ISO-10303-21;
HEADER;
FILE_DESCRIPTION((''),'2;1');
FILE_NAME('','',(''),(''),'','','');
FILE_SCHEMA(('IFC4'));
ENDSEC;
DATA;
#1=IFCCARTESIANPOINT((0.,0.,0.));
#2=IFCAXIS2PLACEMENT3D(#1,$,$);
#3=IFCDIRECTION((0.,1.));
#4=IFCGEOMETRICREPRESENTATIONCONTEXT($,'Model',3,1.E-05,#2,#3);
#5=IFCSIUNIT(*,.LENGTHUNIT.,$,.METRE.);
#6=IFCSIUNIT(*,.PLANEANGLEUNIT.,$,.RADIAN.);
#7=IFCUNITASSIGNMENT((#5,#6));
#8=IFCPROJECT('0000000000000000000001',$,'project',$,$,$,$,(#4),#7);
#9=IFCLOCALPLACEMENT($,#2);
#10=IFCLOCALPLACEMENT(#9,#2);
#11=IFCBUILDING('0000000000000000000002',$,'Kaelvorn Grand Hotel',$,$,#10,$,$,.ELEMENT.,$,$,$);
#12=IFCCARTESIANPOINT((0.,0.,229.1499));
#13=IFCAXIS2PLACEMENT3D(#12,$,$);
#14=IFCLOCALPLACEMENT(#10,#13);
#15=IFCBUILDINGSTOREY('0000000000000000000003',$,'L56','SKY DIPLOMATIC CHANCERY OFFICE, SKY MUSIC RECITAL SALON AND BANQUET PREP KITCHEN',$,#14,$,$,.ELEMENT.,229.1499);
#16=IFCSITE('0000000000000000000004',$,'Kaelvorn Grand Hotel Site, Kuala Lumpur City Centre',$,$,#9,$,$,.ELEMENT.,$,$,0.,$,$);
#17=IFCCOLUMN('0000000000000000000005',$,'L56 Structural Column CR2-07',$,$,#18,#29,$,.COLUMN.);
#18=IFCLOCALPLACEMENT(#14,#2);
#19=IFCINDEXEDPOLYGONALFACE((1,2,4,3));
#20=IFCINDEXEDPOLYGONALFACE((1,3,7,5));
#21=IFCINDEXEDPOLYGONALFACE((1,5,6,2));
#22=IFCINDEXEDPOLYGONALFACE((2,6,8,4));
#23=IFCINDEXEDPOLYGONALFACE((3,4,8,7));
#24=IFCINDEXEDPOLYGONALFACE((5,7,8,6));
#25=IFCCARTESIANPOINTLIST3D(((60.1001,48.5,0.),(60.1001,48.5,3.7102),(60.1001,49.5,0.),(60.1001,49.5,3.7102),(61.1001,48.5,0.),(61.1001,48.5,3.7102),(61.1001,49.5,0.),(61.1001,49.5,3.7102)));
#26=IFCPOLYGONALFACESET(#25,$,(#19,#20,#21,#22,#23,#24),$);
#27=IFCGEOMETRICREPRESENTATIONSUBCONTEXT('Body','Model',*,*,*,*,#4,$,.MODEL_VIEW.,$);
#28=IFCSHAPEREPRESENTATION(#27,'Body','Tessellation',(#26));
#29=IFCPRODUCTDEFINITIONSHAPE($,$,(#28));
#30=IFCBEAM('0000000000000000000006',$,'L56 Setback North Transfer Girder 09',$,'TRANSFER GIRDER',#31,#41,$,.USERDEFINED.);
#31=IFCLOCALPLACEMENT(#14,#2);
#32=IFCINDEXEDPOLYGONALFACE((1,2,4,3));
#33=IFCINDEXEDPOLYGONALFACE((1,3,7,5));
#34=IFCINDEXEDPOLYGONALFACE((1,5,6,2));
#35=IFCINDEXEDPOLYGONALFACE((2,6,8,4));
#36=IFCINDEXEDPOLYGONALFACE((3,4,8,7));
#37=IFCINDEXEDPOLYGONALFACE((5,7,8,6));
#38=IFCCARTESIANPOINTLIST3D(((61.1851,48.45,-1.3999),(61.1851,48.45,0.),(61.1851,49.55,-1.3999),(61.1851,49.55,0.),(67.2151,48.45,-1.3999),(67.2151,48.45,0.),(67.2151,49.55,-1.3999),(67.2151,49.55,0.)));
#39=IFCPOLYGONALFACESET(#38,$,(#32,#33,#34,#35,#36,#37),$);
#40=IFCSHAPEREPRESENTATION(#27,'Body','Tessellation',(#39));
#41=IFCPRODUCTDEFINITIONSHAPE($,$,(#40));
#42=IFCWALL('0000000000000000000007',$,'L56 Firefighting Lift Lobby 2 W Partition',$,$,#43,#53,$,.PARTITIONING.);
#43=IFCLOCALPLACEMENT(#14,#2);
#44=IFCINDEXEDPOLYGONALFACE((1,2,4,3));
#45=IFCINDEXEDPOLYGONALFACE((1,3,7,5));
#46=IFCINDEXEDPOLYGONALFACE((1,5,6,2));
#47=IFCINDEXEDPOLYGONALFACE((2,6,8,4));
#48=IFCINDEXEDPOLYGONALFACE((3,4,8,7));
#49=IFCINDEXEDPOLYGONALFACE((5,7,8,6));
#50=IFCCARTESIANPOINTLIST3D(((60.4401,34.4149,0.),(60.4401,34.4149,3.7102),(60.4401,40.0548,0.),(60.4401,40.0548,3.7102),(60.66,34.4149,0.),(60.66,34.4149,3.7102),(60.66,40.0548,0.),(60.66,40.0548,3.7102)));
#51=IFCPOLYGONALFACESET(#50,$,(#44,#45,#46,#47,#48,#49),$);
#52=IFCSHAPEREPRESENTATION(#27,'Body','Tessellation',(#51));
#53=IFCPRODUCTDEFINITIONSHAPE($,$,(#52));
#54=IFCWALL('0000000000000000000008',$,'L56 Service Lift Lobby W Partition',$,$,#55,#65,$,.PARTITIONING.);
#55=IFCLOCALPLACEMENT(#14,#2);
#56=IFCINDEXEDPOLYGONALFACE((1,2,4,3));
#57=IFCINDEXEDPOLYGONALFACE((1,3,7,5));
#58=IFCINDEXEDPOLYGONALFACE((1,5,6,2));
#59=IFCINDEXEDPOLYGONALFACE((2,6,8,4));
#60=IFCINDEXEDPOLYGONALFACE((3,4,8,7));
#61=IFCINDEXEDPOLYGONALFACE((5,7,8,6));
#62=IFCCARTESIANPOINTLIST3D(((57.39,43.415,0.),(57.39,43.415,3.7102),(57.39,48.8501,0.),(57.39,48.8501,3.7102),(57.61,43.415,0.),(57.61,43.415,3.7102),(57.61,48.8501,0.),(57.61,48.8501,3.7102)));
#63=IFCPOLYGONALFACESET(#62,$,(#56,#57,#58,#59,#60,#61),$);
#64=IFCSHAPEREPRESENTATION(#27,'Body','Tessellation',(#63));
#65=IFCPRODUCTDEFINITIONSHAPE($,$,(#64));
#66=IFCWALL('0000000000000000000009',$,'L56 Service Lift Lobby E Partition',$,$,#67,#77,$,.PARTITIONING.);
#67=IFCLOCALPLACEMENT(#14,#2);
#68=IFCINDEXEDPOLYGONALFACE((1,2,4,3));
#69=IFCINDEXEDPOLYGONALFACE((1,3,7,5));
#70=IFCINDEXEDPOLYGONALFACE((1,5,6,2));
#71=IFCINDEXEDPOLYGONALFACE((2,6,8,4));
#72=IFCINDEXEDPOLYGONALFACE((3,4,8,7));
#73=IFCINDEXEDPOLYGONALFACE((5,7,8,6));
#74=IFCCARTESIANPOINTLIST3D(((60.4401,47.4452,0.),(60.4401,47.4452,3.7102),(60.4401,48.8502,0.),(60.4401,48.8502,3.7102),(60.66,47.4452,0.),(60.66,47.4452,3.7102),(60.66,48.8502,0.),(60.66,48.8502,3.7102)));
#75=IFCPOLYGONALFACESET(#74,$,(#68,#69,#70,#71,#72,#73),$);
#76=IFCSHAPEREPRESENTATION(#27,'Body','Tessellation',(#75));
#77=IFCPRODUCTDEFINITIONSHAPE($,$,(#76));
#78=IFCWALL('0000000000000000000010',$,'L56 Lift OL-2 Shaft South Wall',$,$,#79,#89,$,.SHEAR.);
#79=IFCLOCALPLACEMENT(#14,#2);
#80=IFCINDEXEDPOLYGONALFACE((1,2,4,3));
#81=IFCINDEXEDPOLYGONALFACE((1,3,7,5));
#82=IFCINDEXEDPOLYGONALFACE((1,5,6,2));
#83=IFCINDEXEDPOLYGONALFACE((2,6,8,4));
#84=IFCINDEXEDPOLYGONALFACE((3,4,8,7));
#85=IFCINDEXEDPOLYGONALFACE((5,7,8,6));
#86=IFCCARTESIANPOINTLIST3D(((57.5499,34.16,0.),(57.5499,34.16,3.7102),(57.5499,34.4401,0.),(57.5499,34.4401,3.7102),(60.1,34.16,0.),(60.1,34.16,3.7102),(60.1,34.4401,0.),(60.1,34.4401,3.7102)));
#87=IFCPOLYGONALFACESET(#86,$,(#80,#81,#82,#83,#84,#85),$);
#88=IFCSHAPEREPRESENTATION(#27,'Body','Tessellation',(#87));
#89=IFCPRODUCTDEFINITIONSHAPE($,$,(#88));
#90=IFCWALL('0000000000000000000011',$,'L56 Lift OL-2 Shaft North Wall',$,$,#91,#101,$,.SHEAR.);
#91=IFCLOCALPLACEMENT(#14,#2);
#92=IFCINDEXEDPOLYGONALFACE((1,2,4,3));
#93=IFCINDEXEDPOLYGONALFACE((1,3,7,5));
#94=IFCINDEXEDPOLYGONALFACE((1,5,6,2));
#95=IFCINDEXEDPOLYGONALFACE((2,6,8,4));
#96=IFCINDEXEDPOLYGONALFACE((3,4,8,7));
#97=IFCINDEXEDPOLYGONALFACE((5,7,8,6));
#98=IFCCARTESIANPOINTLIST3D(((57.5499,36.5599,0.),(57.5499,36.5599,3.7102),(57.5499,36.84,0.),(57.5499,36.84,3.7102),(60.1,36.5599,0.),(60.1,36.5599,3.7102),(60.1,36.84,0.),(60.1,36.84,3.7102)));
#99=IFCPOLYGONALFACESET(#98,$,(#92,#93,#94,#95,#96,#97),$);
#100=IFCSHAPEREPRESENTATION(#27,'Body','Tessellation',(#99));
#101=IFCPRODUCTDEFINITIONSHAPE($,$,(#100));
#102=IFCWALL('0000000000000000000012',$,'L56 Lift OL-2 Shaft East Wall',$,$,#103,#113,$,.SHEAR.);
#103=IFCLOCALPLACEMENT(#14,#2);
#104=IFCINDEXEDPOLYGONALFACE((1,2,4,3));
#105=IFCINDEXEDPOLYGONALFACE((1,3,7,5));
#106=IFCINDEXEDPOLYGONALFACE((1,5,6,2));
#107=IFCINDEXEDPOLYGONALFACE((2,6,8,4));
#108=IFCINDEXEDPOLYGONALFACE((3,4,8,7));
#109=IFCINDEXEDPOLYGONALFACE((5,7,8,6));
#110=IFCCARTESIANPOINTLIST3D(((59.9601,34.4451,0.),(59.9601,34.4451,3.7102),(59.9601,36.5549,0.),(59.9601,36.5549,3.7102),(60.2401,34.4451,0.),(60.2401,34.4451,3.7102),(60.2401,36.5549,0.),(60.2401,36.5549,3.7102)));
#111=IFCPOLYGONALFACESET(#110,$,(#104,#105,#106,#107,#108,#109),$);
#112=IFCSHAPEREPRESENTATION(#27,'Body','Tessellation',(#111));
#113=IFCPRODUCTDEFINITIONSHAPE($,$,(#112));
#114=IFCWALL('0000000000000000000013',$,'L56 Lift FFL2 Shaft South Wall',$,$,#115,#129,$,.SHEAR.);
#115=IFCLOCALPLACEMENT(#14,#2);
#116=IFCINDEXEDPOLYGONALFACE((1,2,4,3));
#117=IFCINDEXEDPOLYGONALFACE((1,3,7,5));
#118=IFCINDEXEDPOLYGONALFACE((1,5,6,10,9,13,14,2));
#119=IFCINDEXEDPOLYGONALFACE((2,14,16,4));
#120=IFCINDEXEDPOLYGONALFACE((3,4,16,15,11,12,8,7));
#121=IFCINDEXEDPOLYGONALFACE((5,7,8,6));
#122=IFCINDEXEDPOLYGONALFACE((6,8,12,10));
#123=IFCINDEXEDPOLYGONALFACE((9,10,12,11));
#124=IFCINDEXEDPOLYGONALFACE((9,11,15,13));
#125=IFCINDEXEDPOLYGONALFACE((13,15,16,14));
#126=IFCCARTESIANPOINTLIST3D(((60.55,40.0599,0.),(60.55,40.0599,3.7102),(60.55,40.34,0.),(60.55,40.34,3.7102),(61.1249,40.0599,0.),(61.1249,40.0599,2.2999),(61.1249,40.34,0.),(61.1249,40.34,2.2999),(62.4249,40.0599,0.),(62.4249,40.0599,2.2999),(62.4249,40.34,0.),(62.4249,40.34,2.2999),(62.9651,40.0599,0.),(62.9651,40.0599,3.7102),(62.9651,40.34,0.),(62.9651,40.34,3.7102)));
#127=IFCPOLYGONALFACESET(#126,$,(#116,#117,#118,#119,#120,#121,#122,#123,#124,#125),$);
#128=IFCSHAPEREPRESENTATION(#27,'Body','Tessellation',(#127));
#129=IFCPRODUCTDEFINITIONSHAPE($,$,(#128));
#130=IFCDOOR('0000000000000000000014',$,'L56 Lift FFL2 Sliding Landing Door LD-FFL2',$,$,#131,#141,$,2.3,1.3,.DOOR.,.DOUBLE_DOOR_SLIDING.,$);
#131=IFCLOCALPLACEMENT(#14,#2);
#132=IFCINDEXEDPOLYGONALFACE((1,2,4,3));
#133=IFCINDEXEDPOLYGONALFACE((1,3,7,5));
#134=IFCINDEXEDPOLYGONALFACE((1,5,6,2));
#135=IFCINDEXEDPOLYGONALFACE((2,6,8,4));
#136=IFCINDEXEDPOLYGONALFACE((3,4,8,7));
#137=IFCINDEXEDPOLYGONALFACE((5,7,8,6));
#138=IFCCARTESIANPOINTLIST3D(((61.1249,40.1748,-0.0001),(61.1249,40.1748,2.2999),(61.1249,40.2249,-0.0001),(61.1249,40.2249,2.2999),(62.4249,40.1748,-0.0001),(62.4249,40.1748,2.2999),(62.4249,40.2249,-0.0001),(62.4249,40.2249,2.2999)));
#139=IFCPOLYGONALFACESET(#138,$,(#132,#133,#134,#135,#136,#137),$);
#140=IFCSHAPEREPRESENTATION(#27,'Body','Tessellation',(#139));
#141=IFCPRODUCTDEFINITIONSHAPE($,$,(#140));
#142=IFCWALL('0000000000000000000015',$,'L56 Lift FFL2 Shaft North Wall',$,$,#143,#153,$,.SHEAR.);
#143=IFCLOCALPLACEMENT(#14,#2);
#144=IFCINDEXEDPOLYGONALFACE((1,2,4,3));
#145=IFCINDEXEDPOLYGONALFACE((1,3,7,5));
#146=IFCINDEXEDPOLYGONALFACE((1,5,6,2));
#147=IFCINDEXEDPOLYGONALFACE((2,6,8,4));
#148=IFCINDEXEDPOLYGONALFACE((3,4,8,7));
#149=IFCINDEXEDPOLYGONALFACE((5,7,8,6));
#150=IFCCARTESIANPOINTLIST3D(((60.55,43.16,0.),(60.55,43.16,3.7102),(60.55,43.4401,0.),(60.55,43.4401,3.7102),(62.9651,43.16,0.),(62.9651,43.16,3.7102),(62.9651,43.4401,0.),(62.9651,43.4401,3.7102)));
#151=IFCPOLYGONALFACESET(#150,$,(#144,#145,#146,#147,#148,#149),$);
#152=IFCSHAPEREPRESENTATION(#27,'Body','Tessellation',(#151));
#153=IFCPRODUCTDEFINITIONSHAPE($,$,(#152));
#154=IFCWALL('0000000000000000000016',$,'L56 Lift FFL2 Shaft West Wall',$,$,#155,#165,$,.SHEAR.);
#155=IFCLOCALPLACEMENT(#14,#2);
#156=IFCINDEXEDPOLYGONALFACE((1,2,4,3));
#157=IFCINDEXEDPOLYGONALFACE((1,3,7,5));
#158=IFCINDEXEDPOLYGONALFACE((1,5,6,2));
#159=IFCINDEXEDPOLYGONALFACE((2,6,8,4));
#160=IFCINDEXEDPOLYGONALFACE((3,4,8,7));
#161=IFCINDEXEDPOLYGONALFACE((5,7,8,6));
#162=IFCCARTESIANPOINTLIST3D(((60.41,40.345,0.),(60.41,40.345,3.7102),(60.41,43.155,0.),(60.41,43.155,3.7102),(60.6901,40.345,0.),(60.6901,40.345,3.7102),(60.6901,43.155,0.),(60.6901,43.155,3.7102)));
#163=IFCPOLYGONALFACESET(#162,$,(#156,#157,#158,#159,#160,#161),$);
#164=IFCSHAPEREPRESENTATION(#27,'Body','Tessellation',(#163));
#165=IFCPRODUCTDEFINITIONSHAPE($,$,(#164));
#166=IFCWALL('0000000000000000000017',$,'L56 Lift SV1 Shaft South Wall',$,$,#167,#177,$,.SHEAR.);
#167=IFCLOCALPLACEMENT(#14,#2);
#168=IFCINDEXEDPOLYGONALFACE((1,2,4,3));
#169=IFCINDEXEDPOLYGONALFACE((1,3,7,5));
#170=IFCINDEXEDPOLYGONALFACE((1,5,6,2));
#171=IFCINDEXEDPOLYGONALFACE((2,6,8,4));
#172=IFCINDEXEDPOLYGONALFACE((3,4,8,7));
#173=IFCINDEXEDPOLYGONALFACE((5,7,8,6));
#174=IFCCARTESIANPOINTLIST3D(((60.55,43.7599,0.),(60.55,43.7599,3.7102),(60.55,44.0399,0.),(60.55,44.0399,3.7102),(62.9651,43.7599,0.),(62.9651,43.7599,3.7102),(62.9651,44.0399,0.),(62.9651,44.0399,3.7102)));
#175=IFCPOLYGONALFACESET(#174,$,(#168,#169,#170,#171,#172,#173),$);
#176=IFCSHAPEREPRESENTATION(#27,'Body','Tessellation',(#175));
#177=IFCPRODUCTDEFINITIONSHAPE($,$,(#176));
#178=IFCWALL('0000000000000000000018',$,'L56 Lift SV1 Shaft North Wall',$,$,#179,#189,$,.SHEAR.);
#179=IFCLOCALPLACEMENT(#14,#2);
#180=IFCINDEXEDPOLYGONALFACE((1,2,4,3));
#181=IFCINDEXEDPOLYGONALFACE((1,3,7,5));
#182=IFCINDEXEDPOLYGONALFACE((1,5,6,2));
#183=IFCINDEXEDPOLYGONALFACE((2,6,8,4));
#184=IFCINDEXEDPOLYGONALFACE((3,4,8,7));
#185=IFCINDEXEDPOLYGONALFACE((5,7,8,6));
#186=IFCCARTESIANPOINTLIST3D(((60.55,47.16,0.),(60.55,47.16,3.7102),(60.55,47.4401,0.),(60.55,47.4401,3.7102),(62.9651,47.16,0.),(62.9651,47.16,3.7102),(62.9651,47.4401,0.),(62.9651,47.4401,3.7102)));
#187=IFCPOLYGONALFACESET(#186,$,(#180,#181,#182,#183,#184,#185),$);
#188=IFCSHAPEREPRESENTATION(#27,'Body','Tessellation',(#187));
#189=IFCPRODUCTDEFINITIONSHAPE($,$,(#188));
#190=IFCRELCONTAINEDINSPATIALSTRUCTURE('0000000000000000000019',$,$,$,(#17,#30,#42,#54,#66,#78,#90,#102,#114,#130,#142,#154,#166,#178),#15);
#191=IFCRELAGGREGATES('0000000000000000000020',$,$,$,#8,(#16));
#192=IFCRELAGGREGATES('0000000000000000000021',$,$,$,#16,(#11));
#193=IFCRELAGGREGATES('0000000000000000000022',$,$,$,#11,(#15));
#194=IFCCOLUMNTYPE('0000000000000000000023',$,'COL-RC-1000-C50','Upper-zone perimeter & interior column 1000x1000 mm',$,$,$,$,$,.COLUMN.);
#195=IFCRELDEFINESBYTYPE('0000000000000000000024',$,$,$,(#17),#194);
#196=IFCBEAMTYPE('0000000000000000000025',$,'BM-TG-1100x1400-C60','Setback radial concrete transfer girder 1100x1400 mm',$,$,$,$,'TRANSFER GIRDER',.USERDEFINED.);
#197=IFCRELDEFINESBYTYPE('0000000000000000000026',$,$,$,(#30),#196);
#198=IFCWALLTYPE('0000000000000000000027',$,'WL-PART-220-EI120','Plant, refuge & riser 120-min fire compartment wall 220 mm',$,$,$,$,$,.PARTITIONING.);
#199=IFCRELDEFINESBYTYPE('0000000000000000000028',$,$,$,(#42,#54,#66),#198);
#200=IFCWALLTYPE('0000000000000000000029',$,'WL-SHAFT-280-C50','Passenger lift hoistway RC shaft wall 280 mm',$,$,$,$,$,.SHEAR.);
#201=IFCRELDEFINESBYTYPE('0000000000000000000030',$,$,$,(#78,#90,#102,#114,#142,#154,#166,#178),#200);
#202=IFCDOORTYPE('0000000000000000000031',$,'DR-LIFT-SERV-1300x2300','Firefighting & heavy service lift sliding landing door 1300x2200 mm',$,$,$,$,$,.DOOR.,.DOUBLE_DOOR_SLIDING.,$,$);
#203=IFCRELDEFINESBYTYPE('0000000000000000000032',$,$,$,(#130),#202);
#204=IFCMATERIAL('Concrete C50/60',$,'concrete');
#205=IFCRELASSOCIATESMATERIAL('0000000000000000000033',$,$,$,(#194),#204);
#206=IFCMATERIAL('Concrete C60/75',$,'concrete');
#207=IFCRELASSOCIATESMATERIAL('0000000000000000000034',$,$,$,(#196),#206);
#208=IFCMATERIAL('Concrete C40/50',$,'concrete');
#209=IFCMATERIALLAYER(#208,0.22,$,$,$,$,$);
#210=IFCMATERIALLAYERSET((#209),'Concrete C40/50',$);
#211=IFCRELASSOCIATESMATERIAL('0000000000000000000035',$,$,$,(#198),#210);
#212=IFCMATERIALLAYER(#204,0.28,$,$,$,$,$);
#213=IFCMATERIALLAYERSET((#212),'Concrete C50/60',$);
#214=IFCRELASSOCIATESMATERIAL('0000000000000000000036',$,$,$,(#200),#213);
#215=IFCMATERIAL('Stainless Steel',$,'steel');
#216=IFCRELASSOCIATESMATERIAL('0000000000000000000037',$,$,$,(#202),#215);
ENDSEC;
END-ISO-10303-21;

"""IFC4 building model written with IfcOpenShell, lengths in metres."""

from ifc_helpers import new_model, si_unit, direction, frame, frame_2d, origin, origin_2d, place, context, subcontext, project, spatial, rectangle, extrude, material, layer, layer_set, material_profile, profile_set, type_object, element, fill, save


model = new_model("IFC4")

# Units and contexts
model_context = context("Model", 3, precision=1e-05, world=origin(), true_north=direction((0.0, 1.0)))
body_context = subcontext(model_context, "Body", "Model", "MODEL_VIEW")
ifc_project = project(units=[si_unit("LENGTHUNIT", "METRE"), si_unit("PLANEANGLEUNIT", "RADIAN")], contexts=[model_context])

# Site, building, storey
site_placement = place(None, origin())
site = spatial("IfcSite", under=ifc_project, at=site_placement, Name="Kaelvorn Grand Hotel Site, Kuala Lumpur City Centre", CompositionType="ELEMENT", RefElevation=0.0)
building_placement = place(site_placement, origin())
building = spatial("IfcBuilding", under=site, at=building_placement, Name="Kaelvorn Grand Hotel", CompositionType="ELEMENT")
storey_placement = place(building_placement, frame((0.0, 0.0, 229.1499)))
storey = spatial("IfcBuildingStorey", under=building, at=storey_placement, Name="L56", Description="SKY DIPLOMATIC CHANCERY OFFICE, SKY MUSIC RECITAL SALON AND BANQUET PREP KITCHEN", CompositionType="ELEMENT", Elevation=229.1499)

# Column
ifc_material_1 = material(Name="Concrete C50/60", Category="concrete")
ifc_material_profile_1 = material_profile(ifc_material_1, rectangle(XDim=1.0, YDim=1.0, at=origin_2d()), Name="RC COL 1000x1000")
ifc_profile_set_1 = profile_set([ifc_material_profile_1], Name="Concrete C50/60")
column_type = type_object("IfcColumnType", Name="COL-RC-1000-C50", Description="Upper-zone perimeter & interior column 1000x1000 mm", PredefinedType="COLUMN", material=ifc_profile_set_1)
column_placement = place(storey_placement, frame((60.6001, 49.0, 0.0), z_axis=(0.0, 0.0, 1.0), x_axis=(1.0, 0.0, 0.0)))
element("IfcColumn", 1, at=column_placement, inside=storey, type_object=column_type, Name="L56 Structural Column CR2-07", PredefinedType="COLUMN", context=body_context, shape_type="SweptSolid", body=[
    extrude(rectangle(XDim=1.0, YDim=1.0, at=origin_2d()), origin(), (0.0, 0.0, 1.0), 3.7102),
])

# Beam
ifc_material_2 = material(Name="Concrete C60/75", Category="concrete")
ifc_material_profile_2 = material_profile(ifc_material_2, rectangle(XDim=1.1001, YDim=1.3999, at=origin_2d()), Name="RC TG 1100x1400")
ifc_profile_set_2 = profile_set([ifc_material_profile_2], Name="Concrete C60/75")
beam_type = type_object("IfcBeamType", Name="BM-TG-1100x1400-C60", Description="Setback radial concrete transfer girder 1100x1400 mm", ElementType="TRANSFER GIRDER", PredefinedType="USERDEFINED", material=ifc_profile_set_2)
beam_placement = place(storey_placement, frame((61.1851, 49.0, -0.7), z_axis=(1.0, 0.0, 0.0), x_axis=(0.0, 1.0, 0.0)))
element("IfcBeam", 2, at=beam_placement, inside=storey, type_object=beam_type, Name="L56 Setback North Transfer Girder 09", ObjectType="TRANSFER GIRDER", PredefinedType="USERDEFINED", context=body_context, shape_type="SweptSolid", body=[
    extrude(rectangle(XDim=1.1001, YDim=1.3999, at=origin_2d()), origin(), (0.0, 0.0, 1.0), 6.03),
])

# Shared definitions
ifc_material_3 = material(Name="Concrete C40/50", Category="concrete")
ifc_layer_1 = layer(ifc_material_3, 0.22)
ifc_layer_set_1 = layer_set([ifc_layer_1], Name="Concrete C40/50")
wall_type_1 = type_object("IfcWallType", Name="WL-PART-220-EI120", Description="Plant, refuge & riser 120-min fire compartment wall 220 mm", PredefinedType="PARTITIONING", material=ifc_layer_set_1)

# Walls
wall_1_placement = place(storey_placement, frame((60.55, 34.415, 0.0), z_axis=(0.0, 0.0, 1.0), x_axis=(0.0, 1.0, 0.0)))
element("IfcWall", 3, at=wall_1_placement, inside=storey, type_object=wall_type_1, Name="L56 Firefighting Lift Lobby 2 W Partition", PredefinedType="PARTITIONING", context=body_context, shape_type="SweptSolid", body=[
    extrude(rectangle(XDim=5.6399, YDim=0.22, at=frame_2d((2.8198, 0.0))), origin(), (0.0, 0.0, 1.0), 3.7102),
])
wall_2_placement = place(storey_placement, frame((57.5, 43.415, 0.0), z_axis=(0.0, 0.0, 1.0), x_axis=(0.0, 1.0, 0.0)))
element("IfcWall", 4, at=wall_2_placement, inside=storey, type_object=wall_type_1, Name="L56 Service Lift Lobby W Partition", PredefinedType="PARTITIONING", context=body_context, shape_type="SweptSolid", body=[
    extrude(rectangle(XDim=5.4351, YDim=0.22, at=frame_2d((2.7175, 0.0))), origin(), (0.0, 0.0, 1.0), 3.7102),
])
wall_3_placement = place(storey_placement, frame((60.55, 47.4451, 0.0), z_axis=(0.0, 0.0, 1.0), x_axis=(0.0, 1.0, 0.0)))
element("IfcWall", 5, at=wall_3_placement, inside=storey, type_object=wall_type_1, Name="L56 Service Lift Lobby E Partition", PredefinedType="PARTITIONING", context=body_context, shape_type="SweptSolid", body=[
    extrude(rectangle(XDim=1.405, YDim=0.22, at=frame_2d((0.7026, 0.0))), origin(), (0.0, 0.0, 1.0), 3.7102),
])
ifc_layer_2 = layer(ifc_material_1, 0.28)
ifc_layer_set_2 = layer_set([ifc_layer_2], Name="Concrete C50/60")
wall_type_2 = type_object("IfcWallType", Name="WL-SHAFT-280-C50", Description="Passenger lift hoistway RC shaft wall 280 mm", PredefinedType="SHEAR", material=ifc_layer_set_2)
for number, where, z_axis, x_axis, name in (
    (6, (57.55, 34.3, 0.0), (0.0, 0.0, 1.0), (1.0, 0.0, 0.0), "L56 Lift OL-2 Shaft South Wall"),
    (7, (57.55, 36.7, 0.0), (0.0, 0.0, 1.0), (1.0, 0.0, 0.0), "L56 Lift OL-2 Shaft North Wall"),
):
    element("IfcWall", number, at=place(storey_placement, frame(where, z_axis=z_axis, x_axis=x_axis)), inside=storey, type_object=wall_type_2, Name=name, PredefinedType="SHEAR", context=body_context, shape_type="SweptSolid", body=[
        extrude(rectangle(XDim=2.55, YDim=0.28, at=frame_2d((1.2749, 0.0))), origin(), (0.0, 0.0, 1.0), 3.7102),
    ])
wall_4_placement = place(storey_placement, frame((60.1001, 34.4451, 0.0), z_axis=(0.0, 0.0, 1.0), x_axis=(0.0, 1.0, 0.0)))
element("IfcWall", 8, at=wall_4_placement, inside=storey, type_object=wall_type_2, Name="L56 Lift OL-2 Shaft East Wall", PredefinedType="SHEAR", context=body_context, shape_type="SweptSolid", body=[
    extrude(rectangle(XDim=2.1099, YDim=0.28, at=frame_2d((1.0549, 0.0))), origin(), (0.0, 0.0, 1.0), 3.7102),
])

# Wall, opening, door
wall_5_placement = place(storey_placement, frame((60.55, 40.2, 0.0), z_axis=(0.0, 0.0, 1.0), x_axis=(1.0, 0.0, 0.0)))
wall_5 = element("IfcWall", 9, at=wall_5_placement, inside=storey, type_object=wall_type_2, Name="L56 Lift FFL2 Shaft South Wall", PredefinedType="SHEAR", context=body_context, shape_type="SweptSolid", body=[
    extrude(rectangle(XDim=2.415, YDim=0.28, at=frame_2d((1.2075, 0.0))), origin(), (0.0, 0.0, 1.0), 3.7102),
])
opening_1_placement = place(wall_5_placement, frame((0.575, 0.0, 0.0)))
opening_1 = element("IfcOpeningElement", 10, at=opening_1_placement, cuts=wall_5, PredefinedType="OPENING", context=body_context, shape_type="SweptSolid", body=[
    extrude(rectangle(XDim=1.3, YDim=2.3, at=frame_2d((0.6499, 1.1499))), frame((0.0, 0.1499, 0.0), z_axis=(0.0, -1.0, 0.0), x_axis=(1.0, 0.0, 0.0)), (0.0, 0.0, 1.0), 0.3),
])
ifc_material_4 = material(Name="Stainless Steel", Category="steel")
door_type_1 = type_object("IfcDoorType", Name="DR-LIFT-SERV-1300x2300", Description="Firefighting & heavy service lift sliding landing door 1300x2200 mm", OperationType="DOUBLE_DOOR_SLIDING", PredefinedType="DOOR", material=ifc_material_4)
door_1_placement = place(opening_1_placement, origin())
door_1 = element("IfcDoor", 11, at=door_1_placement, inside=storey, type_object=door_type_1, Name="L56 Lift FFL2 Sliding Landing Door LD-FFL2", OperationType="DOUBLE_DOOR_SLIDING", OverallHeight=2.3, OverallWidth=1.3, PredefinedType="DOOR", context=body_context, shape_type="SweptSolid", body=[
    extrude(rectangle(XDim=1.3, YDim=2.3, at=frame_2d((0.6499, 1.1499))), frame((0.0, 0.0249, 0.0), z_axis=(0.0, -1.0, 0.0), x_axis=(1.0, 0.0, 0.0)), (0.0, 0.0, 1.0), 0.05),
])
fill(opening_1, door_1)

# Walls
wall_6_placement = place(storey_placement, frame((60.55, 43.3, 0.0), z_axis=(0.0, 0.0, 1.0), x_axis=(1.0, 0.0, 0.0)))
element("IfcWall", 12, at=wall_6_placement, inside=storey, type_object=wall_type_2, Name="L56 Lift FFL2 Shaft North Wall", PredefinedType="SHEAR", context=body_context, shape_type="SweptSolid", body=[
    extrude(rectangle(XDim=2.415, YDim=0.28, at=frame_2d((1.2075, 0.0))), origin(), (0.0, 0.0, 1.0), 3.7102),
])
wall_7_placement = place(storey_placement, frame((60.55, 40.345, 0.0), z_axis=(0.0, 0.0, 1.0), x_axis=(0.0, 1.0, 0.0)))
element("IfcWall", 13, at=wall_7_placement, inside=storey, type_object=wall_type_2, Name="L56 Lift FFL2 Shaft West Wall", PredefinedType="SHEAR", context=body_context, shape_type="SweptSolid", body=[
    extrude(rectangle(XDim=2.8101, YDim=0.28, at=frame_2d((1.405, 0.0))), origin(), (0.0, 0.0, 1.0), 3.7102),
])
for number, where, z_axis, x_axis, name in (
    (14, (60.55, 43.8999, 0.0), (0.0, 0.0, 1.0), (1.0, 0.0, 0.0), "L56 Lift SV1 Shaft South Wall"),
    (15, (60.55, 47.3, 0.0), (0.0, 0.0, 1.0), (1.0, 0.0, 0.0), "L56 Lift SV1 Shaft North Wall"),
):
    element("IfcWall", number, at=place(storey_placement, frame(where, z_axis=z_axis, x_axis=x_axis)), inside=storey, type_object=wall_type_2, Name=name, PredefinedType="SHEAR", context=body_context, shape_type="SweptSolid", body=[
        extrude(rectangle(XDim=2.415, YDim=0.28, at=frame_2d((1.2075, 0.0))), origin(), (0.0, 0.0, 1.0), 3.7102),
    ])

save(model, "model.ifc")
